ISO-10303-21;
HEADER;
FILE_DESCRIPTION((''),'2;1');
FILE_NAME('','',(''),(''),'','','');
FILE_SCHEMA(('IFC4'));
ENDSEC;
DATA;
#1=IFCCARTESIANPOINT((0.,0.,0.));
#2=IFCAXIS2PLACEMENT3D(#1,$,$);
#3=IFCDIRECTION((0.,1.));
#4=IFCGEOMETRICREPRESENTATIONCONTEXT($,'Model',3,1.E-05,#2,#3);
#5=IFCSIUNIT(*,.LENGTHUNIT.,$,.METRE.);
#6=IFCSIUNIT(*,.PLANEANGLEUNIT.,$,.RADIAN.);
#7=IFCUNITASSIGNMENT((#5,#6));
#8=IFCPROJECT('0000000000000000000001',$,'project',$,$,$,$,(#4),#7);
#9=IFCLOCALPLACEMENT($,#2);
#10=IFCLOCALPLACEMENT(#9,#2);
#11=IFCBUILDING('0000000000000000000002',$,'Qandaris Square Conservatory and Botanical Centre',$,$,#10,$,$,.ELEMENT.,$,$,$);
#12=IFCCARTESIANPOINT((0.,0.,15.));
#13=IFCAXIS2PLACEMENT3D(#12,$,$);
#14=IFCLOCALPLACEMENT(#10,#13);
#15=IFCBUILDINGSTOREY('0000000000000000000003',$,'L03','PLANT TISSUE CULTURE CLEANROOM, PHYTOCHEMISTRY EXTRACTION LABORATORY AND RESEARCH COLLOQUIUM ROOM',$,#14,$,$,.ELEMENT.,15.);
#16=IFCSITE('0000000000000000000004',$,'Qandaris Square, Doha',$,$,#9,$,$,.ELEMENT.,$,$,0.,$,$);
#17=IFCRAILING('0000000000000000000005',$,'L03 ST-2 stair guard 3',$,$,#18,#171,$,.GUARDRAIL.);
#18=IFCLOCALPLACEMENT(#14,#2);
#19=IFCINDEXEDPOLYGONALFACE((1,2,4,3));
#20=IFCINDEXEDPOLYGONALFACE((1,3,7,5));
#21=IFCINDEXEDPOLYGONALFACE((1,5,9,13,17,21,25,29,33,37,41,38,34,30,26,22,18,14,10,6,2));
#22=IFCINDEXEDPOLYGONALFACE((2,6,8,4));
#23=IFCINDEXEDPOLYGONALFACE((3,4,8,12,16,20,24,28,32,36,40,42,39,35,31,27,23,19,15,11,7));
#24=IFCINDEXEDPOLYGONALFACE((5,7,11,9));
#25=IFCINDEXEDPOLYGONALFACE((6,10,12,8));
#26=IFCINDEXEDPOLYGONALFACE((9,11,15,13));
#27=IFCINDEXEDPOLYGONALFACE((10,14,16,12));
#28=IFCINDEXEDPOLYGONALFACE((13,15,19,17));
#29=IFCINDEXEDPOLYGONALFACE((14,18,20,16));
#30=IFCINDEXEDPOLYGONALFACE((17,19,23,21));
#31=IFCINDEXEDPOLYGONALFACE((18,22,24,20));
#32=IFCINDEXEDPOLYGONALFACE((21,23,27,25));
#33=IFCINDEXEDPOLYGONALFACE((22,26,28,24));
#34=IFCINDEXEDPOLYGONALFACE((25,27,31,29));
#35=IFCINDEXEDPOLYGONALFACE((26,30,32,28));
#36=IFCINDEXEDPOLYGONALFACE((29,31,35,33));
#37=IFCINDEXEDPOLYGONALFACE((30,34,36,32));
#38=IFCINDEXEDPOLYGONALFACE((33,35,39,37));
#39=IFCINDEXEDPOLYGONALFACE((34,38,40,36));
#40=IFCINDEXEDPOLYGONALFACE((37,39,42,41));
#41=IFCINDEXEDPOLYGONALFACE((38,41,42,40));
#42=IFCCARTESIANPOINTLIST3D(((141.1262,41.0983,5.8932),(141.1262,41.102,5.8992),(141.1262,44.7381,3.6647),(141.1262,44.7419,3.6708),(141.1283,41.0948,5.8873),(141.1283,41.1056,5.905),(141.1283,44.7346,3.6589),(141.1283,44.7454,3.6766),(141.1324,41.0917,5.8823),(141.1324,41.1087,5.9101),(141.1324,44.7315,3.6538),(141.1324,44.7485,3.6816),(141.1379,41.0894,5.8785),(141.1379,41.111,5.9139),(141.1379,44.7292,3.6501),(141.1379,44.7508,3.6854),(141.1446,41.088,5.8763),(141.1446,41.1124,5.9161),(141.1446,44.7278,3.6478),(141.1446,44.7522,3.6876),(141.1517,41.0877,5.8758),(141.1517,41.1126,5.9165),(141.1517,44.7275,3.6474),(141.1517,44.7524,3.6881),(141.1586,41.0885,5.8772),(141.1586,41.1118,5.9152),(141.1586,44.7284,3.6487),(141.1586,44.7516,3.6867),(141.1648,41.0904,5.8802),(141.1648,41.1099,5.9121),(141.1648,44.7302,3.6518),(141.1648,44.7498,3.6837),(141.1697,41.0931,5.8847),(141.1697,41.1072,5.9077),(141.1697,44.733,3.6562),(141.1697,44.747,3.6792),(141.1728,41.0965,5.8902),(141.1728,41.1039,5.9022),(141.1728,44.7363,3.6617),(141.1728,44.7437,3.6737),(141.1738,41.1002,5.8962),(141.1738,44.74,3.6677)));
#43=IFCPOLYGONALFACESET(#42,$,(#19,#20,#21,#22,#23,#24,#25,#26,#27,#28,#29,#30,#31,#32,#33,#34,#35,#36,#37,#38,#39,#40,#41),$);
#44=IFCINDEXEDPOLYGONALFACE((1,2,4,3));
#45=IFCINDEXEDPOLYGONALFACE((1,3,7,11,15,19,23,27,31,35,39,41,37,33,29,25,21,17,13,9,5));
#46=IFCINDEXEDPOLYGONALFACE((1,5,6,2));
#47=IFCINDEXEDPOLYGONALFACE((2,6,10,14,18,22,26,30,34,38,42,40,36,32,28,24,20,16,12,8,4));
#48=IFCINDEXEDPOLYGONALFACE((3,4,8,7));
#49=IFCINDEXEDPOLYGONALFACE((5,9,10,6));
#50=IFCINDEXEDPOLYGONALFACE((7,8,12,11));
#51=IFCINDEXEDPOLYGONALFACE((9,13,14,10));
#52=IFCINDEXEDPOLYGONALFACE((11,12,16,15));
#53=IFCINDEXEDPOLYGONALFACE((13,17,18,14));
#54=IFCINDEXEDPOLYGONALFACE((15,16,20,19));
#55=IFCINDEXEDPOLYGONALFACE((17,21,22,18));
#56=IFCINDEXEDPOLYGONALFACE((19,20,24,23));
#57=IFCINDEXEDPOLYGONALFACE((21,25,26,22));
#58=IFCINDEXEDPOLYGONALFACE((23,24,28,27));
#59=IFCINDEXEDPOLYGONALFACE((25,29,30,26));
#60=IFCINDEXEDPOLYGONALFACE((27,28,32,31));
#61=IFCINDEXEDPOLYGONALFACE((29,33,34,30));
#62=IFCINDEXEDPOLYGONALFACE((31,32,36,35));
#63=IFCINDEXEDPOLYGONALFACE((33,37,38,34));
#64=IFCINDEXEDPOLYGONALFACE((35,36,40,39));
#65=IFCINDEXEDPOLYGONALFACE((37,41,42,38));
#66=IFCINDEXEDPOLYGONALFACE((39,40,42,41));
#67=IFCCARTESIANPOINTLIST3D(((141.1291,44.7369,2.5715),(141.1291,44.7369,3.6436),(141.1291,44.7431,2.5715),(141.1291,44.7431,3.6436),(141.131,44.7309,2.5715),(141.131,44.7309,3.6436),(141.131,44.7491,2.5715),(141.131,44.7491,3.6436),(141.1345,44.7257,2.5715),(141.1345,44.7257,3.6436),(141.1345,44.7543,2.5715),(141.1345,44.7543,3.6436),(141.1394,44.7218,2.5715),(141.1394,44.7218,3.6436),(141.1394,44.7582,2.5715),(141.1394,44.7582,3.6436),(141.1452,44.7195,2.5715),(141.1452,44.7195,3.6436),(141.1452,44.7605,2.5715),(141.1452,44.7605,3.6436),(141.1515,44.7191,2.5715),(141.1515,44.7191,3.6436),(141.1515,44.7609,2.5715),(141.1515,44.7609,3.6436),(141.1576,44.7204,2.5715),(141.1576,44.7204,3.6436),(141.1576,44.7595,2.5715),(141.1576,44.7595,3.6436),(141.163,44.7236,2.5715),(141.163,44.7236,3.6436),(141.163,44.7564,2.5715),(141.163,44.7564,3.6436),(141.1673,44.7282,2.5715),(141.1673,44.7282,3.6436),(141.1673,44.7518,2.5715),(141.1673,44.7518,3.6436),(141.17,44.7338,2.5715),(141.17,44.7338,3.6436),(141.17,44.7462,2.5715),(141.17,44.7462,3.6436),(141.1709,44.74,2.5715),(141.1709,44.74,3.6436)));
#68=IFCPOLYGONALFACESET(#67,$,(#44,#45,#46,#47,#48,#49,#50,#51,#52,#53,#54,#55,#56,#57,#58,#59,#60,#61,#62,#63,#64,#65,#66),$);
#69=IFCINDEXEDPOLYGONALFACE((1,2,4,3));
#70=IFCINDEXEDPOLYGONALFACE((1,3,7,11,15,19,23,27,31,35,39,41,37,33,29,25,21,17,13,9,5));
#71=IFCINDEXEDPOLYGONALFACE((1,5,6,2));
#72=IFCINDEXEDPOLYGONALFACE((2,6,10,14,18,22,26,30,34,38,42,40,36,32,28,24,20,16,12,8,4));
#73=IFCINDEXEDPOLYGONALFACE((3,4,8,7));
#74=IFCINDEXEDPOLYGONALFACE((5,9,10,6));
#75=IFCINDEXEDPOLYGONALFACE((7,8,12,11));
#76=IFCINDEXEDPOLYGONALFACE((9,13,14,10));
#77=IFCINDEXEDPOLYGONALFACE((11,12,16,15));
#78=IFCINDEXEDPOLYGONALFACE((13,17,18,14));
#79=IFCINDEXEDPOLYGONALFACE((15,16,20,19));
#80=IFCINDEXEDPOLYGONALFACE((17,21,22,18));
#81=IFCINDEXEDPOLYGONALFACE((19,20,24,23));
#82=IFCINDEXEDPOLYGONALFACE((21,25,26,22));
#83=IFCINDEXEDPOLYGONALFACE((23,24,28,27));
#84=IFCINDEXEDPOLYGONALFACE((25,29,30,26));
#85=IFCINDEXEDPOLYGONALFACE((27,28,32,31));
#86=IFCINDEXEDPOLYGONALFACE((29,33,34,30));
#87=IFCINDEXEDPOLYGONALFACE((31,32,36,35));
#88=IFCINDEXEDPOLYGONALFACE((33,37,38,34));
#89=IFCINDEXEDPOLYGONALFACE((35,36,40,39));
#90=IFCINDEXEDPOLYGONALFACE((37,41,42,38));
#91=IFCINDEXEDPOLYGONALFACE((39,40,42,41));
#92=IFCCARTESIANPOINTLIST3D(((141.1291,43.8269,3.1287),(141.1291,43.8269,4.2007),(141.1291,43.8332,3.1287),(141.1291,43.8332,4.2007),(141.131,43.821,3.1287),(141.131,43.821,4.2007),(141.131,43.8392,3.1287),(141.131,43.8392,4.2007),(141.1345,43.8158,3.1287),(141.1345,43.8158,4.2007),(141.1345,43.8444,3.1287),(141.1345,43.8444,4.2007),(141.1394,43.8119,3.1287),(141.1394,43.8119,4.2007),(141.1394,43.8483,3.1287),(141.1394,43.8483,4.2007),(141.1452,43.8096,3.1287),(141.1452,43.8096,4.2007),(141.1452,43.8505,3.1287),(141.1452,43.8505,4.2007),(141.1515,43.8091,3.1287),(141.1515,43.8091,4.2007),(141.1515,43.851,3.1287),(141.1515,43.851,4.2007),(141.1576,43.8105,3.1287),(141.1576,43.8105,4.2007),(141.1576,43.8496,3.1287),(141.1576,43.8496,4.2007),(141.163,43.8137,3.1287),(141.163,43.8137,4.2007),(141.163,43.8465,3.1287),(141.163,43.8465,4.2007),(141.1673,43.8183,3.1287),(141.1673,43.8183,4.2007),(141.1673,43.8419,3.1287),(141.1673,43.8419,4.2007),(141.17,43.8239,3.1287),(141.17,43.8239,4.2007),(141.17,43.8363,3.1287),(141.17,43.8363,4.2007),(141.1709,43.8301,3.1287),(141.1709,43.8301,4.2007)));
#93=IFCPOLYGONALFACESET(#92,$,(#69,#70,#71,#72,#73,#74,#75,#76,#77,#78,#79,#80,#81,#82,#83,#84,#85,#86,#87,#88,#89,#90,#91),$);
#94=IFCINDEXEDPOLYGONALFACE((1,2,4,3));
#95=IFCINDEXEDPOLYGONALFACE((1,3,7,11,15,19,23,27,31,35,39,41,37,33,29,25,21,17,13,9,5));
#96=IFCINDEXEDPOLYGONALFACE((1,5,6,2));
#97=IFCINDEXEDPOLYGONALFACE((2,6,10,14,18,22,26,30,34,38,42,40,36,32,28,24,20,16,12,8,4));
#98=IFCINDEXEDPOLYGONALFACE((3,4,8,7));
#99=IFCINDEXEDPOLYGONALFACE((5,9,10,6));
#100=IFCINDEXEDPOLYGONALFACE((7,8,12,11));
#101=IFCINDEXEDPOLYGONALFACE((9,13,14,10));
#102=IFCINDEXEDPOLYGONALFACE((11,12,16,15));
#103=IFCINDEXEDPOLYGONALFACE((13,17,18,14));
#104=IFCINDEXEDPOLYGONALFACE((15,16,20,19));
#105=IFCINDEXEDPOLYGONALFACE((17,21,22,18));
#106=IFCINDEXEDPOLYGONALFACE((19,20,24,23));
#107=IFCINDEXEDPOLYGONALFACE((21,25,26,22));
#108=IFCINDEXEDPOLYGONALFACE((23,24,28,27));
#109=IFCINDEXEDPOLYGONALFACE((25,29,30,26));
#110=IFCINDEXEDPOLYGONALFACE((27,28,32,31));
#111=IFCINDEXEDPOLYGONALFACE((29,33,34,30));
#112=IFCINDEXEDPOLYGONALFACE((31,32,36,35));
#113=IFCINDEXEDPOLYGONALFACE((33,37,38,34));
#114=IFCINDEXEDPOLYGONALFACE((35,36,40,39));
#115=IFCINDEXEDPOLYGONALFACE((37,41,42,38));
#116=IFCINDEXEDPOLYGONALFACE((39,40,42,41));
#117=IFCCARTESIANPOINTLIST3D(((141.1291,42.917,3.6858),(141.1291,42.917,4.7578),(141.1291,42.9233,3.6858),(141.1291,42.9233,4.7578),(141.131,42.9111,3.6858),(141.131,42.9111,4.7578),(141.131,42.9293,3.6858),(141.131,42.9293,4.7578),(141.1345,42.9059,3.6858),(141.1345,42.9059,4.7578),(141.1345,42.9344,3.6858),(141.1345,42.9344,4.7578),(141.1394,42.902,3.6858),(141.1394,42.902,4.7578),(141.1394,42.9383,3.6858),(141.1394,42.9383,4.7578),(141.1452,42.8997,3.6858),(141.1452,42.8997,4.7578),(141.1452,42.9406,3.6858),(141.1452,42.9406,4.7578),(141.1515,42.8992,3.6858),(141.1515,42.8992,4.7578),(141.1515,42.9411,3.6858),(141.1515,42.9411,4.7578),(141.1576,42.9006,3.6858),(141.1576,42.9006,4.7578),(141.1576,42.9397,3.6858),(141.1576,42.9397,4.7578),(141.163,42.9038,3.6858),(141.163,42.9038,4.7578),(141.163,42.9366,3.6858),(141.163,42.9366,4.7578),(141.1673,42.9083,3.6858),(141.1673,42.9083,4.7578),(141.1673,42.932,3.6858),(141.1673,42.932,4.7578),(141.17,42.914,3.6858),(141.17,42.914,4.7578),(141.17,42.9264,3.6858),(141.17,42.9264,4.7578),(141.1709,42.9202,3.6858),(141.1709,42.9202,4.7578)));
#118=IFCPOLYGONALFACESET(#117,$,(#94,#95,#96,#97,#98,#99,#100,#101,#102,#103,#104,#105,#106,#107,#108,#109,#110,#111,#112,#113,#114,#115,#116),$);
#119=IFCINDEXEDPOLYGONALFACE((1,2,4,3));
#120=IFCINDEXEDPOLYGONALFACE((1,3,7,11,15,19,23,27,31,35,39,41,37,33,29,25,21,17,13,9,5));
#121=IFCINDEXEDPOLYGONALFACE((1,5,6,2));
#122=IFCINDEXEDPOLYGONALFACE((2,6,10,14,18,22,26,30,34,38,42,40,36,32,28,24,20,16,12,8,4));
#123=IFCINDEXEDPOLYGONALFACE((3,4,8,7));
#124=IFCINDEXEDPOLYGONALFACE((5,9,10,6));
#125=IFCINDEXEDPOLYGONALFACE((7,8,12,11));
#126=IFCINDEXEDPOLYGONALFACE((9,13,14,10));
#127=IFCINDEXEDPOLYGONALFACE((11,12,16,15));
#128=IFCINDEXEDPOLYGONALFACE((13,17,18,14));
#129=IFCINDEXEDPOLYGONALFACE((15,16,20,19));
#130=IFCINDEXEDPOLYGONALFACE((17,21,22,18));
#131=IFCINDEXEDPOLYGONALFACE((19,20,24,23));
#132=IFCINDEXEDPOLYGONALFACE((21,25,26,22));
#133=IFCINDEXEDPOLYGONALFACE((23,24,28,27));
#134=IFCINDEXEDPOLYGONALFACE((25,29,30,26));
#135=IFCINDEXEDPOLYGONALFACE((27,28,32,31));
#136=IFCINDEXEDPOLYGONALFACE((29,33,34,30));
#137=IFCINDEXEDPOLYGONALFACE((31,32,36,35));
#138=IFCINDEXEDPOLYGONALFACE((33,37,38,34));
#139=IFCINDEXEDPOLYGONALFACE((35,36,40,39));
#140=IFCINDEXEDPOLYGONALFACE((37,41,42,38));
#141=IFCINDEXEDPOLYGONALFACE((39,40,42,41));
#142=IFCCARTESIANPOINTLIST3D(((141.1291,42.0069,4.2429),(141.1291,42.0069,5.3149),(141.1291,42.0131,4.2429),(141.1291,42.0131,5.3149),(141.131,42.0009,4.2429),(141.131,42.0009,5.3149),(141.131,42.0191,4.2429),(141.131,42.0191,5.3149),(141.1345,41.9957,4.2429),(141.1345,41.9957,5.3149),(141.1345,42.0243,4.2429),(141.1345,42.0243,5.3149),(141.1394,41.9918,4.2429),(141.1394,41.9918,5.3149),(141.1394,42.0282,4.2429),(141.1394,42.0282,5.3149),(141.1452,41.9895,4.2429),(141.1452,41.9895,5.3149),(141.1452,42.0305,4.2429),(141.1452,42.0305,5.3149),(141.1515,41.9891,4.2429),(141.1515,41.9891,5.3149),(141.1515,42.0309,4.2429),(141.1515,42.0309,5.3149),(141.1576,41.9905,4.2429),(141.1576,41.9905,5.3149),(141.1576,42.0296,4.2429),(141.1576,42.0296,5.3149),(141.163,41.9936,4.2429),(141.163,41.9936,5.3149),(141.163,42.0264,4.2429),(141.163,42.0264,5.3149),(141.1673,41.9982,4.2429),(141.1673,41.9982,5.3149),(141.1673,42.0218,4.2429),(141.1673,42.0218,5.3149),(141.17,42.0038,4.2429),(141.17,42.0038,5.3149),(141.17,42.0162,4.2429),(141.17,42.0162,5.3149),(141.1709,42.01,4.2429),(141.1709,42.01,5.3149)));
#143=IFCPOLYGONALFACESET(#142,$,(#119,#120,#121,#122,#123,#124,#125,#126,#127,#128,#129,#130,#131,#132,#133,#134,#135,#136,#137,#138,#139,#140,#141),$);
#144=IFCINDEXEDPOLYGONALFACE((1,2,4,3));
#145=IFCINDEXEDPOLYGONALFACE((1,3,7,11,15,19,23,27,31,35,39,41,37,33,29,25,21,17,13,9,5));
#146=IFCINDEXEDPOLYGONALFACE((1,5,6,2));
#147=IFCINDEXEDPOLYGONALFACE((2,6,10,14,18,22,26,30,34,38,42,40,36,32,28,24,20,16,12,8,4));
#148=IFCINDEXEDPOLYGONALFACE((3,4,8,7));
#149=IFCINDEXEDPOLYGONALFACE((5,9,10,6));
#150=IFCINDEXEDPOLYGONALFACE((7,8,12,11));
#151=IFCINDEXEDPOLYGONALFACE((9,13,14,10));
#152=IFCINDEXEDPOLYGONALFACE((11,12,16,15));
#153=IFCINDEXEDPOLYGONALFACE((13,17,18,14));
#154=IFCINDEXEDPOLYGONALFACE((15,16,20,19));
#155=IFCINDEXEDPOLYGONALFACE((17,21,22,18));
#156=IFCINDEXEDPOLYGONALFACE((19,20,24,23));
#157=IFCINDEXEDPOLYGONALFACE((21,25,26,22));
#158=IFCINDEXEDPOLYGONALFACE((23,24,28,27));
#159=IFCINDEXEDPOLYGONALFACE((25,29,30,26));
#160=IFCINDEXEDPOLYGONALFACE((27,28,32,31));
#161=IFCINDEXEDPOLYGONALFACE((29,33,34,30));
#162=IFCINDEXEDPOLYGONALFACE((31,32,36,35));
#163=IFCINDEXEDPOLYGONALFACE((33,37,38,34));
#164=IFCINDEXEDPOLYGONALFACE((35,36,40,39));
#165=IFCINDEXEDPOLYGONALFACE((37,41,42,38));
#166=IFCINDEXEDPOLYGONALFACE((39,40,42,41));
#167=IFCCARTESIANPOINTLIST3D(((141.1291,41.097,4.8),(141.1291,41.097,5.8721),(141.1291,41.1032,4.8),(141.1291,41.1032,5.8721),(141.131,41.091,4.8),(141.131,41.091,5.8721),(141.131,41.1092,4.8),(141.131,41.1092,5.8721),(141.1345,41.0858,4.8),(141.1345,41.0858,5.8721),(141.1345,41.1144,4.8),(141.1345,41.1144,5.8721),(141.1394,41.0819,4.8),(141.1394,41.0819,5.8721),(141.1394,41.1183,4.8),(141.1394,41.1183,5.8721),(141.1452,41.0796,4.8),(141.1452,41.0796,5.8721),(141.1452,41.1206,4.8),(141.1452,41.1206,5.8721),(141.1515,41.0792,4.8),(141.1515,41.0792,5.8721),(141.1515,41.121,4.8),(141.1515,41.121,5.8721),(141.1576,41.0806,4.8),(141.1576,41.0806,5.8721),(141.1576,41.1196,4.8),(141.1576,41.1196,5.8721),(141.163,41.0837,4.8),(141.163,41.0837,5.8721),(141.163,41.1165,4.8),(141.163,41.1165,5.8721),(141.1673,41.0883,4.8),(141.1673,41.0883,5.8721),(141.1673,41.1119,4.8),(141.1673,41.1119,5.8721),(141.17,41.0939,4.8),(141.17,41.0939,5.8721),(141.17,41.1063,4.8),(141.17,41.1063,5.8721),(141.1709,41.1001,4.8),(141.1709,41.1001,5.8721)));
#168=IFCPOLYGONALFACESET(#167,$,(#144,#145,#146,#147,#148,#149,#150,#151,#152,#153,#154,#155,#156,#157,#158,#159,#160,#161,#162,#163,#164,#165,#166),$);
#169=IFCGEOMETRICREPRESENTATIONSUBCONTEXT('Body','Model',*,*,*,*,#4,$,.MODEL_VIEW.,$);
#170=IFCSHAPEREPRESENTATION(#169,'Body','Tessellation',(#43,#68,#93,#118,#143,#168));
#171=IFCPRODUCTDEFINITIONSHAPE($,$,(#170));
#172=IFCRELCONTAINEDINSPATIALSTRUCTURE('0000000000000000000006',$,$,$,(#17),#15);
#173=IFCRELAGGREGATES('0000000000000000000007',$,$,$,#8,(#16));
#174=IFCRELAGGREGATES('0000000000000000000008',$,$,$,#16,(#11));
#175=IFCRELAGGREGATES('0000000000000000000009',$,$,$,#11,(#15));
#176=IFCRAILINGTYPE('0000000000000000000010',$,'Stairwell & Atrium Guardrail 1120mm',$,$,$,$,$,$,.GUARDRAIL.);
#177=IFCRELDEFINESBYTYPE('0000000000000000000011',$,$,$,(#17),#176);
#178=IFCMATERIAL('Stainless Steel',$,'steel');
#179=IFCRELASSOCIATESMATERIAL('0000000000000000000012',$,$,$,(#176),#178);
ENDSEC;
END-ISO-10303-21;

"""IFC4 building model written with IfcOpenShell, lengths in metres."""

from ifc_helpers import new_model, si_unit, direction, frame, origin, origin_2d, place, context, subcontext, project, spatial, circle, extrude, material, type_object, element, save


model = new_model("IFC4")

# Units and contexts
model_context = context("Model", 3, precision=1e-05, world=origin(), true_north=direction((0.0, 1.0)))
body_context = subcontext(model_context, "Body", "Model", "MODEL_VIEW")
ifc_project = project(units=[si_unit("LENGTHUNIT", "METRE"), si_unit("PLANEANGLEUNIT", "RADIAN")], contexts=[model_context])

# Site, building, storey
site_placement = place(None, origin())
site = spatial("IfcSite", under=ifc_project, at=site_placement, Name="Qandaris Square, Doha", CompositionType="ELEMENT", RefElevation=0.0)
building_placement = place(site_placement, origin())
building = spatial("IfcBuilding", under=site, at=building_placement, Name="Qandaris Square Conservatory and Botanical Centre", CompositionType="ELEMENT")
storey_placement = place(building_placement, frame((0.0, 0.0, 15.0)))
storey = spatial("IfcBuildingStorey", under=building, at=storey_placement, Name="L03", Description="PLANT TISSUE CULTURE CLEANROOM, PHYTOCHEMISTRY EXTRACTION LABORATORY AND RESEARCH COLLOQUIUM ROOM", CompositionType="ELEMENT", Elevation=15.0)

# Railing
ifc_material_1 = material(Name="Stainless Steel", Category="steel")
railing_type_1 = type_object("IfcRailingType", Name="Stairwell & Atrium Guardrail 1120mm", PredefinedType="GUARDRAIL", material=ifc_material_1)
railing_1_placement = place(storey_placement, frame((141.1499, 44.74, 2.5715)))
element("IfcRailing", 1, at=railing_1_placement, inside=storey, type_object=railing_type_1, Name="L03 ST-2 stair guard 3", PredefinedType="GUARDRAIL", context=body_context, shape_type="SweptSolid", body=[
    extrude(circle(Radius=0.0239, at=origin_2d()), frame((0.0, 0.0, 1.0962), z_axis=(0.0, -0.85285, 0.522156), x_axis=(1.0, 0.0, 0.0)), (0.0, 0.0, 1.0), 4.2678),
    extrude(circle(Radius=0.021, at=origin_2d()), origin(), (0.0, 0.0, 1.0), 1.072),
    extrude(circle(Radius=0.021, at=origin_2d()), frame((0.0, -0.9099, 0.5571)), (0.0, 0.0, 1.0), 1.072),
    extrude(circle(Radius=0.021, at=origin_2d()), frame((0.0, -1.8198, 1.1143)), (0.0, 0.0, 1.0), 1.072),
    extrude(circle(Radius=0.021, at=origin_2d()), frame((0.0, -2.73, 1.6714)), (0.0, 0.0, 1.0), 1.072),
    extrude(circle(Radius=0.021, at=origin_2d()), frame((0.0, -3.6399, 2.2285)), (0.0, 0.0, 1.0), 1.072),
])

save(model, "model.ifc")
